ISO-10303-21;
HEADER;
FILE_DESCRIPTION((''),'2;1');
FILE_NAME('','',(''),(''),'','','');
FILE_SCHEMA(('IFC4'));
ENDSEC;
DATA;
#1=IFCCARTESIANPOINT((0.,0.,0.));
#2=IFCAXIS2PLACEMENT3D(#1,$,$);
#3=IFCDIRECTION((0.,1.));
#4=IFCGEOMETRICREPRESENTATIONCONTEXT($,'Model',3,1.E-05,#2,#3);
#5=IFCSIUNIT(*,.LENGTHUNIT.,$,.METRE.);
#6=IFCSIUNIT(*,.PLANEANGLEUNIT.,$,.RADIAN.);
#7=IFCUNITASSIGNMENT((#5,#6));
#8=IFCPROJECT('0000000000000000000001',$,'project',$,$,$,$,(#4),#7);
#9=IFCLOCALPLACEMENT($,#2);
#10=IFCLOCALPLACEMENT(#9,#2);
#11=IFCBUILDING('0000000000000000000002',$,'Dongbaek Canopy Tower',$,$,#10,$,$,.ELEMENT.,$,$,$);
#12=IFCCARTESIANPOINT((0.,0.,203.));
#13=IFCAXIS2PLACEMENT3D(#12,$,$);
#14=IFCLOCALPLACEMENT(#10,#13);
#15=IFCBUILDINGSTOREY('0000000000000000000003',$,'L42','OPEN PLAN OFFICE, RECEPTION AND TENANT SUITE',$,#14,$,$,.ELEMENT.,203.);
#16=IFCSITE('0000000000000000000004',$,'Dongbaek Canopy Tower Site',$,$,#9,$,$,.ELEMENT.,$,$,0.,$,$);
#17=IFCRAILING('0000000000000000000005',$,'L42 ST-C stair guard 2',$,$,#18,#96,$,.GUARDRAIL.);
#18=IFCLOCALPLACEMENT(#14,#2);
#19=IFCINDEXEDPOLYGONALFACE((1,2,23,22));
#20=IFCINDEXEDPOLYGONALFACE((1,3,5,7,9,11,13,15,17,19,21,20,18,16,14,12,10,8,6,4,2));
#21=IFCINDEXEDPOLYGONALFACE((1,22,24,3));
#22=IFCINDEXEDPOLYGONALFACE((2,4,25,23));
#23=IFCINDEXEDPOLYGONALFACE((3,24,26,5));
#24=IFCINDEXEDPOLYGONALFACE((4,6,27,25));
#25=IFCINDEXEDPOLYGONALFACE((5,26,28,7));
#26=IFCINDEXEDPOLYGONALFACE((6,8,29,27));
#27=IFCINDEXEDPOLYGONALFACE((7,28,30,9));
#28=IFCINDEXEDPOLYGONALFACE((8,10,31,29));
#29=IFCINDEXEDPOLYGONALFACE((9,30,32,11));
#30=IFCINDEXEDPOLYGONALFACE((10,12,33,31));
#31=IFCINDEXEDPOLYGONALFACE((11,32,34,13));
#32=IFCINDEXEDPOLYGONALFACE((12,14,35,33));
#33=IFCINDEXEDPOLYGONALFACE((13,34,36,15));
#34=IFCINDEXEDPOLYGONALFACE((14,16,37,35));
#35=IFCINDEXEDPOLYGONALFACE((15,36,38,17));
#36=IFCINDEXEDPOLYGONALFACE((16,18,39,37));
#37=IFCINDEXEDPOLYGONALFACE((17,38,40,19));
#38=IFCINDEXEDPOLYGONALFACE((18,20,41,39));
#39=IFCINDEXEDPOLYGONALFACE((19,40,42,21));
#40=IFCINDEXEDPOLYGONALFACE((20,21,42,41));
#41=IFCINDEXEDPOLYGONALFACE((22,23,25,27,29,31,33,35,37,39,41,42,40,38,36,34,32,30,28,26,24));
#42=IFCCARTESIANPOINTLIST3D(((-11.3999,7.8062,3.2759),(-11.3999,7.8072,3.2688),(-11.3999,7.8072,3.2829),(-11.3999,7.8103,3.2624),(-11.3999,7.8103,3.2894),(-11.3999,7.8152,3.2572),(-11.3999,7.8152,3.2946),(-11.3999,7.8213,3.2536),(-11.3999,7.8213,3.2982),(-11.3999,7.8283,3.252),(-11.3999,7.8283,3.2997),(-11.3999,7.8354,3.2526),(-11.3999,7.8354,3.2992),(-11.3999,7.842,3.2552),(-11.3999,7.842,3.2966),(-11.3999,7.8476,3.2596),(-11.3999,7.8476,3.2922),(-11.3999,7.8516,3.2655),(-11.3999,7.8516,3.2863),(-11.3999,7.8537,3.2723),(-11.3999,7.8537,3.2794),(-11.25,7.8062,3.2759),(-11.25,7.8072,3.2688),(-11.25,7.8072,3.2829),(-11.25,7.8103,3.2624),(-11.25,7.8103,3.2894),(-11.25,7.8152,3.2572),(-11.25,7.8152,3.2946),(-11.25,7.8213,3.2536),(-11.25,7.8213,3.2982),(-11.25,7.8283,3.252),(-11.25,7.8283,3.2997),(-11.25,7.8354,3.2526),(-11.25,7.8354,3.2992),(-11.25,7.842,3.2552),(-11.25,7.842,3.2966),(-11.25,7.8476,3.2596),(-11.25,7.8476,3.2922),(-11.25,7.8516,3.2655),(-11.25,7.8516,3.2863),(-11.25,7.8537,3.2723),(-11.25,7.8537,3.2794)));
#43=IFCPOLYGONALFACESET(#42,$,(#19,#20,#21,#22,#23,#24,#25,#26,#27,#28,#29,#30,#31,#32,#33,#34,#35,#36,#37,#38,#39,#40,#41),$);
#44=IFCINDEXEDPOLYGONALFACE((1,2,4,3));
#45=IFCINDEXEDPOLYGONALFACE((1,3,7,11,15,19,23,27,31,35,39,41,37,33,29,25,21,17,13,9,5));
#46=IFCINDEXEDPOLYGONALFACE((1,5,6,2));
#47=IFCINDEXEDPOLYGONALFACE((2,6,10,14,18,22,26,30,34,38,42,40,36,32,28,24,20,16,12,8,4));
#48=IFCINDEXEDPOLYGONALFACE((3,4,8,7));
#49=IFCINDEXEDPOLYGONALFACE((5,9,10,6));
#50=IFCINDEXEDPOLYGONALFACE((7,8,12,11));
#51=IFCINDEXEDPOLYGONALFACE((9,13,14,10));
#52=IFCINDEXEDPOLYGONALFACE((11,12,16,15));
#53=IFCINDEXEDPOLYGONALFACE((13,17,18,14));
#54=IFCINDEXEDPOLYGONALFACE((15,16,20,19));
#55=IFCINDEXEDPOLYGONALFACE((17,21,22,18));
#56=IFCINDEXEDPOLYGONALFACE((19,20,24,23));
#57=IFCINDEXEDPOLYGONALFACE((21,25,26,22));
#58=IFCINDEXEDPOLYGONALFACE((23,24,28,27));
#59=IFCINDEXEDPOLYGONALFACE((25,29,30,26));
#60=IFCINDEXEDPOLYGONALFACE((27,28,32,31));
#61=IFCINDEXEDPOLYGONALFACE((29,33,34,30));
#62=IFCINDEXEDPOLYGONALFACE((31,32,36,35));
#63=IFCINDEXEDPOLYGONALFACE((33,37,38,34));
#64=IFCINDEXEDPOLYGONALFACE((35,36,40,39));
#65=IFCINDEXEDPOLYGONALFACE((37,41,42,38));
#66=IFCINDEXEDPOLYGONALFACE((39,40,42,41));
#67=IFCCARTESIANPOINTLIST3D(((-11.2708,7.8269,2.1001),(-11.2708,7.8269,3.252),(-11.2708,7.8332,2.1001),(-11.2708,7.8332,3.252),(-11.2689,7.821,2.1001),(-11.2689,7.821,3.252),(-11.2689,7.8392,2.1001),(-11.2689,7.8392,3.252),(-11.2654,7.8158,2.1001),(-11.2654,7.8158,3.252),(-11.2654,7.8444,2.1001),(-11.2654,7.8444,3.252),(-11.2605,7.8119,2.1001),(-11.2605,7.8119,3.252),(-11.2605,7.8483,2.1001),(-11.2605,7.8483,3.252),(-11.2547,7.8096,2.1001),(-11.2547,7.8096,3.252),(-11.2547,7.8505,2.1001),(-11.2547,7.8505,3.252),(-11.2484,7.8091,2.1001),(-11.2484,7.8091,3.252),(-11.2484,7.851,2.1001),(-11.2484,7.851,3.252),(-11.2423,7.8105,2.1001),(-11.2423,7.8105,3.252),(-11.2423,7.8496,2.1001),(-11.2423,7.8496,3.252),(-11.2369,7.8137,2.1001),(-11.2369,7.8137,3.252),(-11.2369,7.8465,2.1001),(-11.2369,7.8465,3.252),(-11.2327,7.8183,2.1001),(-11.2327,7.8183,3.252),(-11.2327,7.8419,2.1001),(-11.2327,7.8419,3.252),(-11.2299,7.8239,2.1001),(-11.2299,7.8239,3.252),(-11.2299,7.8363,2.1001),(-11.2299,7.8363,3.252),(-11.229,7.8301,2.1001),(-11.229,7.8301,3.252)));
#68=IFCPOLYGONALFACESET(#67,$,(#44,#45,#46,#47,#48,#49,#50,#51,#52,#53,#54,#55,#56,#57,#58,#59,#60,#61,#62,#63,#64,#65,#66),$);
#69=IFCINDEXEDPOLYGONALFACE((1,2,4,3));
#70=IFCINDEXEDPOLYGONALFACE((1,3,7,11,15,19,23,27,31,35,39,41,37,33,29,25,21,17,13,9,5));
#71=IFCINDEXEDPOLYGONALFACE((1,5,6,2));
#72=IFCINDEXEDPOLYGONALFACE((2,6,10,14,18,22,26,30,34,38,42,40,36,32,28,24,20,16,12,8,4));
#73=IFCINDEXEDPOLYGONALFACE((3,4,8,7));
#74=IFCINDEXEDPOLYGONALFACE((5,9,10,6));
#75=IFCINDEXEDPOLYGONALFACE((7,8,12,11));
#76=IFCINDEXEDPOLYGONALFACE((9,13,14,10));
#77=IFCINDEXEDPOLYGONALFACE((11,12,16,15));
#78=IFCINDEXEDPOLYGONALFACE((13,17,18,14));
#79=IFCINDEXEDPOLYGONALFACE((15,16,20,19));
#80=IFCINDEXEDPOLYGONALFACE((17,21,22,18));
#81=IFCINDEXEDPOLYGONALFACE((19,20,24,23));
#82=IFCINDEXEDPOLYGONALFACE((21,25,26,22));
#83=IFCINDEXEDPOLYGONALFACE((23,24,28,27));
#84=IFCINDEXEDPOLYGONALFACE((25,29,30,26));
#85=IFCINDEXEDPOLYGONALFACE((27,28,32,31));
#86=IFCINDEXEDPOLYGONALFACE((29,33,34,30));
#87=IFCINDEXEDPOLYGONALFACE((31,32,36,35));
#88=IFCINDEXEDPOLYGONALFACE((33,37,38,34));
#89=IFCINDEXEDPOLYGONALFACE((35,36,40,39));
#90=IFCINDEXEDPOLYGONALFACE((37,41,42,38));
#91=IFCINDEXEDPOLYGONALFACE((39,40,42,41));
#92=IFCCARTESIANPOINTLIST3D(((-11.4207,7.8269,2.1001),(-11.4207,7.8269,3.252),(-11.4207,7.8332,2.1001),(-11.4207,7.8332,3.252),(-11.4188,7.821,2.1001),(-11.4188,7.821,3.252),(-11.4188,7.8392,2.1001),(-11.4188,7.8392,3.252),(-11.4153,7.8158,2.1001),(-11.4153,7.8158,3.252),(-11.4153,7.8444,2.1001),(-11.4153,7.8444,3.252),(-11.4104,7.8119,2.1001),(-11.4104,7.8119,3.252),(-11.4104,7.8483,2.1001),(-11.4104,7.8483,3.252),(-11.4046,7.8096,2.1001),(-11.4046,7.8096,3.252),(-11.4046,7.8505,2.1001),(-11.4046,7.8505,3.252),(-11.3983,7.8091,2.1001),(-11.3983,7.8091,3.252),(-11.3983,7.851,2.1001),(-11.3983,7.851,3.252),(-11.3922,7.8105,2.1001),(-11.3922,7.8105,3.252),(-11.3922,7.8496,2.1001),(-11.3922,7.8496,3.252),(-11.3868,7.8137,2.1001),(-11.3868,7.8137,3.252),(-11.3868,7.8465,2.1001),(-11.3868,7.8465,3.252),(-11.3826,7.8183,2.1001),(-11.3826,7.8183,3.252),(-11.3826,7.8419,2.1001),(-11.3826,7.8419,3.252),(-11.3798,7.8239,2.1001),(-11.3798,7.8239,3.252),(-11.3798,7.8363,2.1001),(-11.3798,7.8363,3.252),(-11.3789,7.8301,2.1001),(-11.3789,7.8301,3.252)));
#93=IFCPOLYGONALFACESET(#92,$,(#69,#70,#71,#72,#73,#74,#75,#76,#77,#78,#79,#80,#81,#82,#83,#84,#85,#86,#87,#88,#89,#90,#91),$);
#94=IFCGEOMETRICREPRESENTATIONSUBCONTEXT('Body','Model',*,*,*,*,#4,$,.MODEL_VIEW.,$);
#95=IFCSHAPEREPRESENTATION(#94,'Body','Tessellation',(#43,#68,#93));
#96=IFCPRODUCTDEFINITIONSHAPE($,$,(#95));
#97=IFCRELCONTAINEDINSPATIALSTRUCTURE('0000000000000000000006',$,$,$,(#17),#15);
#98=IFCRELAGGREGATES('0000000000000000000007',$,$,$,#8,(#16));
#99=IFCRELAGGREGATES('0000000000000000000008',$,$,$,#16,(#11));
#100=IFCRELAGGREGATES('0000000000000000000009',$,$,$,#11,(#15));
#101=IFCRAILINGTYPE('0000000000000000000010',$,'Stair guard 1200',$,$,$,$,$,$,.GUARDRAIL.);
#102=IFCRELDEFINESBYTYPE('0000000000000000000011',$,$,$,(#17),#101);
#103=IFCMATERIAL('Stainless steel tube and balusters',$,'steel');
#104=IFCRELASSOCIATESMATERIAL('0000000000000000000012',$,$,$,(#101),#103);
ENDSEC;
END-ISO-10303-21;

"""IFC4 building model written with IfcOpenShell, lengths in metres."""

from ifc_helpers import new_model, si_unit, direction, frame, origin, origin_2d, place, context, subcontext, project, spatial, circle, extrude, material, type_object, element, save


model = new_model("IFC4")

# Units and contexts
model_context = context("Model", 3, precision=1e-05, world=origin(), true_north=direction((0.0, 1.0)))
body_context = subcontext(model_context, "Body", "Model", "MODEL_VIEW")
ifc_project = project(units=[si_unit("LENGTHUNIT", "METRE"), si_unit("PLANEANGLEUNIT", "RADIAN")], contexts=[model_context])

# Site, building, storey
site_placement = place(None, origin())
site = spatial("IfcSite", under=ifc_project, at=site_placement, Name="Dongbaek Canopy Tower Site", CompositionType="ELEMENT", RefElevation=0.0)
building_placement = place(site_placement, origin())
building = spatial("IfcBuilding", under=site, at=building_placement, Name="Dongbaek Canopy Tower", CompositionType="ELEMENT")
storey_placement = place(building_placement, frame((0.0, 0.0, 203.0)))
storey = spatial("IfcBuildingStorey", under=building, at=storey_placement, Name="L42", Description="OPEN PLAN OFFICE, RECEPTION AND TENANT SUITE", CompositionType="ELEMENT", Elevation=203.0)

# Railing
ifc_material_1 = material(Name="Stainless steel tube and balusters", Category="steel")
railing_type_1 = type_object("IfcRailingType", Name="Stair guard 1200", PredefinedType="GUARDRAIL", material=ifc_material_1)
railing_1_placement = place(storey_placement, frame((-11.25, 7.8301, 2.1001)))
element("IfcRailing", 1, at=railing_1_placement, inside=storey, type_object=railing_type_1, Name="L42 ST-C stair guard 2", PredefinedType="GUARDRAIL", context=body_context, shape_type="SweptSolid", body=[
    extrude(circle(Radius=0.0239, at=origin_2d()), frame((0.0, 0.0, 1.1758), z_axis=(-1.0, 0.0, 0.0), x_axis=(0.0, -1.0, 0.0)), (0.0, 0.0, 1.0), 0.1499),
    extrude(circle(Radius=0.021, at=origin_2d()), origin(), (0.0, 0.0, 1.0), 1.1519),
    extrude(circle(Radius=0.021, at=origin_2d()), frame((-0.1499, 0.0, 0.0)), (0.0, 0.0, 1.0), 1.1519),
])

save(model, "model.ifc")
